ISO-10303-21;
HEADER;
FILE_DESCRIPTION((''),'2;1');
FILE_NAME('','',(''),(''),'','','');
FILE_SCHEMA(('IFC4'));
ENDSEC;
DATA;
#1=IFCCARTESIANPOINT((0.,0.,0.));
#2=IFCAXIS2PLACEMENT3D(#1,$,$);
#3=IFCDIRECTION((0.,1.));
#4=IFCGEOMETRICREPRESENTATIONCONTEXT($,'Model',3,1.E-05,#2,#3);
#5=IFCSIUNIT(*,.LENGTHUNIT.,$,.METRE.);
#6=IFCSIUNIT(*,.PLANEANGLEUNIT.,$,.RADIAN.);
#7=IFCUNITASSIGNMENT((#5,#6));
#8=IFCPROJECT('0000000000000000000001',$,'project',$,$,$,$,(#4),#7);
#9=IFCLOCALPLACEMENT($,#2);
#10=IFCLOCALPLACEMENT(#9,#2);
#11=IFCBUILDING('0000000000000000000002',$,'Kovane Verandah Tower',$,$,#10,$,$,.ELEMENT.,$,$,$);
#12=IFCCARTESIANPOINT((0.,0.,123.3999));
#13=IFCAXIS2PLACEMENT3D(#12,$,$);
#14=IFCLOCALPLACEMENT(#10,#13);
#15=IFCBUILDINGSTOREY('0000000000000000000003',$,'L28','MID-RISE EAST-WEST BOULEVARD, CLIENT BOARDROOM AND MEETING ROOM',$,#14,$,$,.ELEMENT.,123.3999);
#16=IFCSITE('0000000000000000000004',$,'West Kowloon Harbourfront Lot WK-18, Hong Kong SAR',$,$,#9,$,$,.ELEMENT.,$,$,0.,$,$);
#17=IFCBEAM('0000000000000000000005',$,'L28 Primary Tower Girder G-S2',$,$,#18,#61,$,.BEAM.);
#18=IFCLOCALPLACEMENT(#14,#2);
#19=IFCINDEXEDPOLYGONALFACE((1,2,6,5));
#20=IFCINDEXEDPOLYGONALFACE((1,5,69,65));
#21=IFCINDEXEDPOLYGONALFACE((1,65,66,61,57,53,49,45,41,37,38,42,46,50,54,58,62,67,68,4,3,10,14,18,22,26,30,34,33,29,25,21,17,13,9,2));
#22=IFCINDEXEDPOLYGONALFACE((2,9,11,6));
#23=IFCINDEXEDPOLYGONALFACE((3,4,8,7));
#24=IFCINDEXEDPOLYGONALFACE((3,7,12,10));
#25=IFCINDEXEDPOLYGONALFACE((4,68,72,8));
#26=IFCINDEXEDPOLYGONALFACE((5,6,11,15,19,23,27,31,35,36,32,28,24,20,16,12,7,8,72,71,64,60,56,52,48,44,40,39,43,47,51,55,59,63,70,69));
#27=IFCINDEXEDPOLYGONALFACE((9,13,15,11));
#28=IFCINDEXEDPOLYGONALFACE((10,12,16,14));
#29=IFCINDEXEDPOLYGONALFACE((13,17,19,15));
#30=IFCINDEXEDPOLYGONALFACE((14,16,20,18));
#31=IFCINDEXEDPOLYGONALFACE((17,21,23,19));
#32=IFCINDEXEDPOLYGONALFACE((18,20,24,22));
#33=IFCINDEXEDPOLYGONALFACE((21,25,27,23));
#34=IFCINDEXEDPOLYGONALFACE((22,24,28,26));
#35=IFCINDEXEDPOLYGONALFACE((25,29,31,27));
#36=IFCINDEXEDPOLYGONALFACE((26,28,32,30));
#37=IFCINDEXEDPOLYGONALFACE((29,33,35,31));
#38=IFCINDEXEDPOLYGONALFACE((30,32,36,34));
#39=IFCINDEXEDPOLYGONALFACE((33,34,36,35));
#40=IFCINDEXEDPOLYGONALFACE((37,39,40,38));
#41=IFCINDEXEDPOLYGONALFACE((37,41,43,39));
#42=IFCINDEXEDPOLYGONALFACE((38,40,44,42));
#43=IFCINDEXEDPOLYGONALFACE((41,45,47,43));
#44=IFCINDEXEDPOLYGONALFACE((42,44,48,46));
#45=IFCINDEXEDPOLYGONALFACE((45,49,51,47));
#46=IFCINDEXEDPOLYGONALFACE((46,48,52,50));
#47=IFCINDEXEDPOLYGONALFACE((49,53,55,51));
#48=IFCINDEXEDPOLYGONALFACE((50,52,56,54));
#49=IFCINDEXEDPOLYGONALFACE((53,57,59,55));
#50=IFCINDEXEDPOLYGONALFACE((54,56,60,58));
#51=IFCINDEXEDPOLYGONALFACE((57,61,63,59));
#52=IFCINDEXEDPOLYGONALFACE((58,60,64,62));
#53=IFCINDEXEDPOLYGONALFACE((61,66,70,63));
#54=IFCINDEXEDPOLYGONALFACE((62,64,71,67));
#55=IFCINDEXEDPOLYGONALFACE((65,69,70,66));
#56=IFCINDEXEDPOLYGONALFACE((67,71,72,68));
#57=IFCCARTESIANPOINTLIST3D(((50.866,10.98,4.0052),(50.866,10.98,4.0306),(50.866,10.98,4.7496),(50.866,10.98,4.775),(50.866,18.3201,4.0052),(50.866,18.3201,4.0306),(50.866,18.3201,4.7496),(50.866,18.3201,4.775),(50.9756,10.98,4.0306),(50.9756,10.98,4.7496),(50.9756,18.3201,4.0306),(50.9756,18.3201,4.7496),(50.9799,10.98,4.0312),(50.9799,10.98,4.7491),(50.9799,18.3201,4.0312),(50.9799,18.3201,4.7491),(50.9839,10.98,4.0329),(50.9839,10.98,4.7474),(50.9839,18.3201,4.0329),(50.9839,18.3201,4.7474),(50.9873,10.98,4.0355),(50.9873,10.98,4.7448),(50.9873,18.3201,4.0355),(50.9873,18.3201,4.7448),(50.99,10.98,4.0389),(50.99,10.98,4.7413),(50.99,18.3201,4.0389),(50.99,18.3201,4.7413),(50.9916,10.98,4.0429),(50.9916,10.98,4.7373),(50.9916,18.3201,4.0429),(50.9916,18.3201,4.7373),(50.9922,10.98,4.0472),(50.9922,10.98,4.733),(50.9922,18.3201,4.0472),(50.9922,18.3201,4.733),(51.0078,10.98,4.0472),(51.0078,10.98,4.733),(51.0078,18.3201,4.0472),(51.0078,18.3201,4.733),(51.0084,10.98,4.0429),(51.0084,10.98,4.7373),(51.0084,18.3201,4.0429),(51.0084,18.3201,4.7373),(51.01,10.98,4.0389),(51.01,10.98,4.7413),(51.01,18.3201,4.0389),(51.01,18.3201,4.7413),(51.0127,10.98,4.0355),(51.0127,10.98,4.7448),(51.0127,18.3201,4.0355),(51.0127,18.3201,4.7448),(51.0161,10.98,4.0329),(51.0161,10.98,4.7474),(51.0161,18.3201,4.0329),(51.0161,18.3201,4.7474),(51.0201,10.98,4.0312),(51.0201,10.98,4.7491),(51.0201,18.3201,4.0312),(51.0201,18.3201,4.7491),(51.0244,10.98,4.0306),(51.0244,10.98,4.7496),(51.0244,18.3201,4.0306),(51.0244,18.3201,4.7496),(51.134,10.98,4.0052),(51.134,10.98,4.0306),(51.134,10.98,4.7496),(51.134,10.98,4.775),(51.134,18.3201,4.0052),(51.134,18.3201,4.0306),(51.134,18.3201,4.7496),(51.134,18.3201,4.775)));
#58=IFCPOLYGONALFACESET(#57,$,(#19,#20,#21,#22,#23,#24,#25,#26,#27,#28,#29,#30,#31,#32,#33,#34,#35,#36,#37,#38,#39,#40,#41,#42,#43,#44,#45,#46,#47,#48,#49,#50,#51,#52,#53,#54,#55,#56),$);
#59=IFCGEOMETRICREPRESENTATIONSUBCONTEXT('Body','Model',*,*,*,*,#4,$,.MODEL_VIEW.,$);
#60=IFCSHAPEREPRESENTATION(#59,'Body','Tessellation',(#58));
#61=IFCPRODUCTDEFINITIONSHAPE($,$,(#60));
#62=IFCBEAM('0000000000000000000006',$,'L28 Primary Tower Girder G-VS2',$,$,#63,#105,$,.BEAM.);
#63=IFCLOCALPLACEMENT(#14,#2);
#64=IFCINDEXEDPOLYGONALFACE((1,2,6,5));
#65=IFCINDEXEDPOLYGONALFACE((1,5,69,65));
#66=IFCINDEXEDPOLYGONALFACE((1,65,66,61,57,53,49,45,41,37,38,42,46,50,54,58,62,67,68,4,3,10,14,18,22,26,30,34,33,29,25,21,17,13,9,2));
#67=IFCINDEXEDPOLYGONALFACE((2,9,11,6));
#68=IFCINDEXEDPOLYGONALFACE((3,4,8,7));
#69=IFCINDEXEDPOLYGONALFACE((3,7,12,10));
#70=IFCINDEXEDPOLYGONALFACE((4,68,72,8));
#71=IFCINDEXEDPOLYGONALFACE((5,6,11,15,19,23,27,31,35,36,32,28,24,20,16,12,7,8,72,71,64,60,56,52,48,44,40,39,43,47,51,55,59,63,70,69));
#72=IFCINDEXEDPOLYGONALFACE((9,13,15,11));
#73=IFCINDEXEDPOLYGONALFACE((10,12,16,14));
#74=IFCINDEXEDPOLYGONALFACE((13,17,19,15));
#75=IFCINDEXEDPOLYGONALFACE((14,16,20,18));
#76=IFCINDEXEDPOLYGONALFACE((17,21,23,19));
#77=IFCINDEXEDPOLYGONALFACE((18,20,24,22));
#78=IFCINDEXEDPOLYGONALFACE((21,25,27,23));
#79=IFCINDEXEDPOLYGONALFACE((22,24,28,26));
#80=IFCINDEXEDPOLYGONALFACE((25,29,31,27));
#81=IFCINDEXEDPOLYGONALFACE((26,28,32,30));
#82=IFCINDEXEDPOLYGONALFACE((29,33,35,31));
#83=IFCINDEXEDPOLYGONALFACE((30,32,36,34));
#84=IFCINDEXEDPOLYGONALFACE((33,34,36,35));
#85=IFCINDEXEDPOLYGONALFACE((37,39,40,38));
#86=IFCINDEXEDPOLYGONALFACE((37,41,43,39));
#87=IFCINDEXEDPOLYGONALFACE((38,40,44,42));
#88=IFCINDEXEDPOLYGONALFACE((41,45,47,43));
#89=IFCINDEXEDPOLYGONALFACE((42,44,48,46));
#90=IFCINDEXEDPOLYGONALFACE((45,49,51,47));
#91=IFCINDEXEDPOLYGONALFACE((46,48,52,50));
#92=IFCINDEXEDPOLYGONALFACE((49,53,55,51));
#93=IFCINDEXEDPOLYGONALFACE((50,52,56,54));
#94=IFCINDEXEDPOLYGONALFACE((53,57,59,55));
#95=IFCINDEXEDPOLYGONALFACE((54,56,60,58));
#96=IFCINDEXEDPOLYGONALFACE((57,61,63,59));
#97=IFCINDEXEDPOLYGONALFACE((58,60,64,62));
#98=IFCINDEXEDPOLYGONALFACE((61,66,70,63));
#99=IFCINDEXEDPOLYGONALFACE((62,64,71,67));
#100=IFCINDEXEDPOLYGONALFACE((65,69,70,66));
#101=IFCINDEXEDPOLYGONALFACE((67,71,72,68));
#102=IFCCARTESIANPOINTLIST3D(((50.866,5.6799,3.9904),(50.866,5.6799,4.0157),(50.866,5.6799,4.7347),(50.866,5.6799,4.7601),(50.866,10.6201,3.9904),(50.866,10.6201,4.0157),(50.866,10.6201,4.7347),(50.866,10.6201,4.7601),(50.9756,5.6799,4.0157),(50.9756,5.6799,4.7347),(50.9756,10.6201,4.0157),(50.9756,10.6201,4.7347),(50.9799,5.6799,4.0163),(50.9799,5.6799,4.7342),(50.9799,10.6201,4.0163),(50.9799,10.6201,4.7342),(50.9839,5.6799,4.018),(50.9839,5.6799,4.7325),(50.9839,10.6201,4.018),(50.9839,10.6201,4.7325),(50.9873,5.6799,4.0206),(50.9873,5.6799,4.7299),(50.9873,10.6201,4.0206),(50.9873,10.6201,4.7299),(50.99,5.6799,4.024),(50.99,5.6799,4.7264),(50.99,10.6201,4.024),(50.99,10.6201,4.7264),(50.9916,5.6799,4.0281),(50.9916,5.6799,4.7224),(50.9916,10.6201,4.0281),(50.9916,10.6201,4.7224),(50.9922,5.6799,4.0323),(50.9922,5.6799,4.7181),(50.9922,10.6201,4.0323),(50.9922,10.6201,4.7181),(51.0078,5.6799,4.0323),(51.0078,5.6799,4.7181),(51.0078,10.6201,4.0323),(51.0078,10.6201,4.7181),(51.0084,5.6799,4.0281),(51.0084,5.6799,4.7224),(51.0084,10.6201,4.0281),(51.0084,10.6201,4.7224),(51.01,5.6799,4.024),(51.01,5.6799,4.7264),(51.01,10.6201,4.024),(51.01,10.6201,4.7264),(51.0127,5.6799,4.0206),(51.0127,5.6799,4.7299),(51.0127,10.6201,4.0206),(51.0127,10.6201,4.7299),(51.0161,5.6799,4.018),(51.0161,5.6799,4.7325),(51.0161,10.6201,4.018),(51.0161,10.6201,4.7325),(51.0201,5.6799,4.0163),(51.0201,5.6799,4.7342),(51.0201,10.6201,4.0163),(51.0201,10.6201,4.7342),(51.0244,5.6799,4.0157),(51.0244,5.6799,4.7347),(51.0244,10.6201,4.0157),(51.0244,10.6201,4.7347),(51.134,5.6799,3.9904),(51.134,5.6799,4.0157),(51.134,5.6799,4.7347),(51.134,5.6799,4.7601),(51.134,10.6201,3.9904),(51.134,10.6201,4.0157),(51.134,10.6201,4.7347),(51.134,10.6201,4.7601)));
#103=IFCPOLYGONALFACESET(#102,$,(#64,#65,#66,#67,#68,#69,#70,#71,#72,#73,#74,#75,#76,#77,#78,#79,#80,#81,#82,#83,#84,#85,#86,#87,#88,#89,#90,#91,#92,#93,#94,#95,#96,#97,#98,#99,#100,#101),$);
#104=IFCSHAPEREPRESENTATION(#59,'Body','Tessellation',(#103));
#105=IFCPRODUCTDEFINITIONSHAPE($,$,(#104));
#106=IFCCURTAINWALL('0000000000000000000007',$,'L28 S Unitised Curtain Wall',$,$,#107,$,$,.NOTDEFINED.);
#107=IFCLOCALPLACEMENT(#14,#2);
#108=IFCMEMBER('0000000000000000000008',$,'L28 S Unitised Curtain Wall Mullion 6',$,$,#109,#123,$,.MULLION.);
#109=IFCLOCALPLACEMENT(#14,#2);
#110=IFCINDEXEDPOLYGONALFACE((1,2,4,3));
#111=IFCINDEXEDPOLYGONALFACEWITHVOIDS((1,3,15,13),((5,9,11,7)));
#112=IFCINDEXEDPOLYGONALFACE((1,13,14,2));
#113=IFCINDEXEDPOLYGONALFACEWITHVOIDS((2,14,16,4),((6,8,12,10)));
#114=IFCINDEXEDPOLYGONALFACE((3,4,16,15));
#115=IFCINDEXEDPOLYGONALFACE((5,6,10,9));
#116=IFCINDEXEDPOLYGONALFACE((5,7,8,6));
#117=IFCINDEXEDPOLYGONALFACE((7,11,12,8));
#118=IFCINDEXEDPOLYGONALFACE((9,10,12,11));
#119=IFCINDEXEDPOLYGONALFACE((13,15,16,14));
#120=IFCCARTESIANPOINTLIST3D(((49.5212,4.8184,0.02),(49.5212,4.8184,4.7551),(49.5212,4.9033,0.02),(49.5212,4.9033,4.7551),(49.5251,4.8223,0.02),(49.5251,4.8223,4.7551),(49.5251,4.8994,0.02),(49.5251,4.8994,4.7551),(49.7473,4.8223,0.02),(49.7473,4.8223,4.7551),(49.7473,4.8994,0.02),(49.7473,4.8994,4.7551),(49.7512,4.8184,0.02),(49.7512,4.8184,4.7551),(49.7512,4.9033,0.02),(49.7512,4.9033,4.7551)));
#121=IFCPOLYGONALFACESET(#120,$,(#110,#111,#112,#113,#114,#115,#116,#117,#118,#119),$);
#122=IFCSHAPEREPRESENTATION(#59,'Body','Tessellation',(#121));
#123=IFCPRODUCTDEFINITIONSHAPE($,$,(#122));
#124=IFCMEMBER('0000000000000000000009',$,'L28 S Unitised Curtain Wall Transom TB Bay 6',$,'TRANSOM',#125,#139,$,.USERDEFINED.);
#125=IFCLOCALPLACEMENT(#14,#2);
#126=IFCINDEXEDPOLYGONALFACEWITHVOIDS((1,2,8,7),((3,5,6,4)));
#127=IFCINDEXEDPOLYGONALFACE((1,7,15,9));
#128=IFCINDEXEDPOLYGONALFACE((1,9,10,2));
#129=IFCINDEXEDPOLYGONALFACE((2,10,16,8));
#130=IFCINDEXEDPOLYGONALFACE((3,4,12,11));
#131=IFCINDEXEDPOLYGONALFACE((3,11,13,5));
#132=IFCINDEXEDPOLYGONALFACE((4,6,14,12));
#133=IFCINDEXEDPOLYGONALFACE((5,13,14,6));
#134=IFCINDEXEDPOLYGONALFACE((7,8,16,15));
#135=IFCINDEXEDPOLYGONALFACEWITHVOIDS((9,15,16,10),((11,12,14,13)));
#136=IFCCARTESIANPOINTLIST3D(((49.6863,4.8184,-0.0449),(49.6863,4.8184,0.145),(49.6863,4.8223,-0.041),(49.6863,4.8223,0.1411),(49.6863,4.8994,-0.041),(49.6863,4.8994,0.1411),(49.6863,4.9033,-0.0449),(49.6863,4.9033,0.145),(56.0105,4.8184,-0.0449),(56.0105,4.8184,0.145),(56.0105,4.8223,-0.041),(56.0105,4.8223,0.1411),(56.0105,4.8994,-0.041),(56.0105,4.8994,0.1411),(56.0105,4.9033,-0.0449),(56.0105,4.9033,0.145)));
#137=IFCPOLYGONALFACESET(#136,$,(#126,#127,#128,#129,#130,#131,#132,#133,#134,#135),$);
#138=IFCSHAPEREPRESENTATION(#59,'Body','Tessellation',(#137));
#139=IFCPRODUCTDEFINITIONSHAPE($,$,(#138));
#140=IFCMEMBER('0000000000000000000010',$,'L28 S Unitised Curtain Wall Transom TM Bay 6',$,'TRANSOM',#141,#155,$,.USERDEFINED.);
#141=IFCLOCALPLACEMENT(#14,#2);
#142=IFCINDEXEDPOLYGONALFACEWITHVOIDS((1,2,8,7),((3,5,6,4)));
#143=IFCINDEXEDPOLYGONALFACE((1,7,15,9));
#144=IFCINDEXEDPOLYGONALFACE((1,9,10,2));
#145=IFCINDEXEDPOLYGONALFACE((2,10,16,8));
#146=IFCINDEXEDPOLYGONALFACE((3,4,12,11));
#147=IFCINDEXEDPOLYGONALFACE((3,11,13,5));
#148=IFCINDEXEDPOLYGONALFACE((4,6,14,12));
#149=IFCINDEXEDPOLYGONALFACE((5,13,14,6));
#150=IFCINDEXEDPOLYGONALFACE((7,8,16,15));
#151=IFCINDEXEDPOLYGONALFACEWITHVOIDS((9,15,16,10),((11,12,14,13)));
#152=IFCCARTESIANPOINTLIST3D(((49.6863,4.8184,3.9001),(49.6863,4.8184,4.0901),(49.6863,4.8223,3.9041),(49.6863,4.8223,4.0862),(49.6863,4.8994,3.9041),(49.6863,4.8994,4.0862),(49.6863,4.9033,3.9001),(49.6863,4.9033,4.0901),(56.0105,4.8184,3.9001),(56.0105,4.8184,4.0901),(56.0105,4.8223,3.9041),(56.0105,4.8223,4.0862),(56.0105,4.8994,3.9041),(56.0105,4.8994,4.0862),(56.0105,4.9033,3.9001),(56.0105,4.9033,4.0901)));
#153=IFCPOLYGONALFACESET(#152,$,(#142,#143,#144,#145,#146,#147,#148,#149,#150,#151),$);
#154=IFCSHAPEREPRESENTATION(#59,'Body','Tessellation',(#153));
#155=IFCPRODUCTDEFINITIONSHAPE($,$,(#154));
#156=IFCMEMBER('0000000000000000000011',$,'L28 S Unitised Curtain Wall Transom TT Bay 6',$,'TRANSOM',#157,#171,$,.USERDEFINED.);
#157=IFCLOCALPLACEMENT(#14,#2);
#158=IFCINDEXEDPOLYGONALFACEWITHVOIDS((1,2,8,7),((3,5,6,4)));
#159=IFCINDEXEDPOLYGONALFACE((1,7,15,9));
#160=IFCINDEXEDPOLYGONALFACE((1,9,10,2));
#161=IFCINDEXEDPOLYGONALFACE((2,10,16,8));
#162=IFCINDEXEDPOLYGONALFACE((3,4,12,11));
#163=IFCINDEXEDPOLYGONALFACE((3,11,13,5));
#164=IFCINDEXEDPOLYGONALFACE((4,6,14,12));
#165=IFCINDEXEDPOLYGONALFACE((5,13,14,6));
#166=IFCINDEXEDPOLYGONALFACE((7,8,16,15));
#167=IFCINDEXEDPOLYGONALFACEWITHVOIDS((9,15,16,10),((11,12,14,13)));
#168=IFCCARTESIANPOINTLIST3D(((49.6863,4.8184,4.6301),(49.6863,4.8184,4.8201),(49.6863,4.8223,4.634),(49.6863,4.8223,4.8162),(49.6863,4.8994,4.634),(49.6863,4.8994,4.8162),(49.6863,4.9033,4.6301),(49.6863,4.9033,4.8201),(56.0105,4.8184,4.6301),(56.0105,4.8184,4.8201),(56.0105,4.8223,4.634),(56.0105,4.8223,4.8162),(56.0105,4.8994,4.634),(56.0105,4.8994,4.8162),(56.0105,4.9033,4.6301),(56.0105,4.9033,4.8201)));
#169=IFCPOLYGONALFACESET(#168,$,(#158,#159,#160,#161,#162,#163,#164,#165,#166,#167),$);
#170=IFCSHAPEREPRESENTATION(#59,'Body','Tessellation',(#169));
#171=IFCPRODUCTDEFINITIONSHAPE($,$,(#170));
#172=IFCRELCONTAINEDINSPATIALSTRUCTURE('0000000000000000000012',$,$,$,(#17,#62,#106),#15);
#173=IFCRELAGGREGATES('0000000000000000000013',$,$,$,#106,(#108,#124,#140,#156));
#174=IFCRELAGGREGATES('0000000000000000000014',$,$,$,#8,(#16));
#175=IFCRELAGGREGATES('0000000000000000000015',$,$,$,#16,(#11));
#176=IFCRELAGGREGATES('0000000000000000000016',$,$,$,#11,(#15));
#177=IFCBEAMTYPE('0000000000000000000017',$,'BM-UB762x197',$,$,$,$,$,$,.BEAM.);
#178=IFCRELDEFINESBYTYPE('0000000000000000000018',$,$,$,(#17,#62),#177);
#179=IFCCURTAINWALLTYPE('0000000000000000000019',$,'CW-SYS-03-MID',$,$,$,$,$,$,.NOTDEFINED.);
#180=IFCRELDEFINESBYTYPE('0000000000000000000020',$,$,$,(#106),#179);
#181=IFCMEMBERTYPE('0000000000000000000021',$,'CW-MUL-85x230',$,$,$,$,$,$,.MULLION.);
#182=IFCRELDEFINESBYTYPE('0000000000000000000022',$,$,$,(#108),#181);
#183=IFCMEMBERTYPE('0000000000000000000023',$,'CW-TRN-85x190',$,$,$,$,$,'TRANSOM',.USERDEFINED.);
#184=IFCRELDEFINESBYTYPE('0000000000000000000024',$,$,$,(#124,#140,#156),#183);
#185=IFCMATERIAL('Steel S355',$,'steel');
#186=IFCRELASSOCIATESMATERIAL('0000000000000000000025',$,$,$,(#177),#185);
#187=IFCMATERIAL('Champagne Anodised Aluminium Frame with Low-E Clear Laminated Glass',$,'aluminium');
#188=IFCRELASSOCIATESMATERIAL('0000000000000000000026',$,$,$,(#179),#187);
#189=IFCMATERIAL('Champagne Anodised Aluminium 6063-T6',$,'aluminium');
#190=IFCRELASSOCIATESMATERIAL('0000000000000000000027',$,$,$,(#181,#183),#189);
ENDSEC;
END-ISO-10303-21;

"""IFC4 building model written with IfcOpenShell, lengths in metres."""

from ifc_helpers import new_model, si_unit, direction, frame, origin, origin_2d, place, context, subcontext, project, spatial, hollow_rectangle, i_section, extrude, material, material_profile, profile_set, type_object, element, aggregate, save


model = new_model("IFC4")

# Units and contexts
model_context = context("Model", 3, precision=1e-05, world=origin(), true_north=direction((0.0, 1.0)))
body_context = subcontext(model_context, "Body", "Model", "MODEL_VIEW")
ifc_project = project(units=[si_unit("LENGTHUNIT", "METRE"), si_unit("PLANEANGLEUNIT", "RADIAN")], contexts=[model_context])

# Site, building, storey
site_placement = place(None, origin())
site = spatial("IfcSite", under=ifc_project, at=site_placement, Name="West Kowloon Harbourfront Lot WK-18, Hong Kong SAR", CompositionType="ELEMENT", RefElevation=0.0)
building_placement = place(site_placement, origin())
building = spatial("IfcBuilding", under=site, at=building_placement, Name="Kovane Verandah Tower", CompositionType="ELEMENT")
storey_placement = place(building_placement, frame((0.0, 0.0, 123.3999)))
storey = spatial("IfcBuildingStorey", under=building, at=storey_placement, Name="L28", Description="MID-RISE EAST-WEST BOULEVARD, CLIENT BOARDROOM AND MEETING ROOM", CompositionType="ELEMENT", Elevation=123.3999)

# Beams
ifc_material_1 = material(Name="Steel S355", Category="steel")
ifc_material_profile_1 = material_profile(ifc_material_1, i_section(OverallWidth=0.2681, OverallDepth=0.7698, WebThickness=0.0156, FlangeThickness=0.0254, FilletRadius=0.0166, at=origin_2d()), Name="UB762x267x197")
ifc_profile_set_1 = profile_set([ifc_material_profile_1], Name="Steel S355")
beam_type_1 = type_object("IfcBeamType", Name="BM-UB762x197", PredefinedType="BEAM", material=ifc_profile_set_1)
beam_1_placement = place(storey_placement, frame((51.0, 18.3201, 4.3901), z_axis=(0.0, -1.0, 0.0), x_axis=(1.0, 0.0, 0.0)))
element("IfcBeam", 1, at=beam_1_placement, inside=storey, type_object=beam_type_1, Name="L28 Primary Tower Girder G-S2", PredefinedType="BEAM", context=body_context, shape_type="SweptSolid", body=[
    extrude(i_section(OverallWidth=0.2681, OverallDepth=0.7698, WebThickness=0.0156, FlangeThickness=0.0254, FilletRadius=0.0166, at=origin_2d()), origin(), (0.0, 0.0, 1.0), 7.3401),
])
beam_2_placement = place(storey_placement, frame((51.0, 10.6201, 4.3752), z_axis=(0.0, -1.0, 0.0), x_axis=(1.0, 0.0, 0.0)))
element("IfcBeam", 2, at=beam_2_placement, inside=storey, type_object=beam_type_1, Name="L28 Primary Tower Girder G-VS2", PredefinedType="BEAM", context=body_context, shape_type="SweptSolid", body=[
    extrude(i_section(OverallWidth=0.2681, OverallDepth=0.7698, WebThickness=0.0156, FlangeThickness=0.0254, FilletRadius=0.0166, at=origin_2d()), origin(), (0.0, 0.0, 1.0), 4.9402),
])

# Curtain wall, members
ifc_material_2 = material(Name="Champagne Anodised Aluminium Frame with Low-E Clear Laminated Glass", Category="aluminium")
curtain_wall_type = type_object("IfcCurtainWallType", Name="CW-SYS-03-MID", PredefinedType="NOTDEFINED", material=ifc_material_2)
curtain_wall_placement = place(storey_placement, origin())
curtain_wall = element("IfcCurtainWall", 3, at=curtain_wall_placement, inside=storey, type_object=curtain_wall_type, Name="L28 S Unitised Curtain Wall", PredefinedType="NOTDEFINED")
ifc_material_3 = material(Name="Champagne Anodised Aluminium 6063-T6", Category="aluminium")
ifc_material_profile_2 = material_profile(ifc_material_3, hollow_rectangle(XDim=0.085, YDim=0.23, WallThickness=0.0039, at=origin_2d()), Name="AL85x230x4")
ifc_profile_set_2 = profile_set([ifc_material_profile_2], Name="Champagne Anodised Aluminium 6063-T6")
member_type_1 = type_object("IfcMemberType", Name="CW-MUL-85x230", PredefinedType="MULLION", material=ifc_profile_set_2)
member_1_placement = place(storey_placement, frame((49.6362, 4.8608, 0.02), z_axis=(0.0, 0.0, 1.0), x_axis=(0.0, -1.0, 0.0)))
member_1 = element("IfcMember", 4, at=member_1_placement, type_object=member_type_1, Name="L28 S Unitised Curtain Wall Mullion 6", PredefinedType="MULLION", context=body_context, shape_type="SweptSolid", body=[
    extrude(hollow_rectangle(XDim=0.085, YDim=0.23, WallThickness=0.0039, at=origin_2d()), origin(), (0.0, 0.0, 1.0), 4.7351),
])
ifc_material_profile_3 = material_profile(ifc_material_3, hollow_rectangle(XDim=0.085, YDim=0.1899, WallThickness=0.0039, at=origin_2d()), Name="AL85x190x4")
ifc_profile_set_3 = profile_set([ifc_material_profile_3], Name="Champagne Anodised Aluminium 6063-T6")
member_type_2 = type_object("IfcMemberType", Name="CW-TRN-85x190", ElementType="TRANSOM", PredefinedType="USERDEFINED", material=ifc_profile_set_3)
member_2_placement = place(storey_placement, frame((49.6863, 4.8608, 0.05), z_axis=(1.0, 0.0, 0.0), x_axis=(0.0, 1.0, 0.0)))
member_2 = element("IfcMember", 5, at=member_2_placement, type_object=member_type_2, Name="L28 S Unitised Curtain Wall Transom TB Bay 6", ObjectType="TRANSOM", PredefinedType="USERDEFINED", context=body_context, shape_type="SweptSolid", body=[
    extrude(hollow_rectangle(XDim=0.085, YDim=0.1899, WallThickness=0.0039, at=origin_2d()), origin(), (0.0, 0.0, 1.0), 6.3242),
])
member_3_placement = place(storey_placement, frame((49.6863, 4.8608, 3.9951), z_axis=(1.0, 0.0, 0.0), x_axis=(0.0, 1.0, 0.0)))
member_3 = element("IfcMember", 6, at=member_3_placement, type_object=member_type_2, Name="L28 S Unitised Curtain Wall Transom TM Bay 6", ObjectType="TRANSOM", PredefinedType="USERDEFINED", context=body_context, shape_type="SweptSolid", body=[
    extrude(hollow_rectangle(XDim=0.085, YDim=0.1899, WallThickness=0.0039, at=origin_2d()), origin(), (0.0, 0.0, 1.0), 6.3242),
])
member_4_placement = place(storey_placement, frame((49.6863, 4.8608, 4.7251), z_axis=(1.0, 0.0, 0.0), x_axis=(0.0, 1.0, 0.0)))
member_4 = element("IfcMember", 7, at=member_4_placement, type_object=member_type_2, Name="L28 S Unitised Curtain Wall Transom TT Bay 6", ObjectType="TRANSOM", PredefinedType="USERDEFINED", context=body_context, shape_type="SweptSolid", body=[
    extrude(hollow_rectangle(XDim=0.085, YDim=0.1899, WallThickness=0.0039, at=origin_2d()), origin(), (0.0, 0.0, 1.0), 6.3242),
])

aggregate(curtain_wall, [member_1, member_2, member_3, member_4])

save(model, "model.ifc")
